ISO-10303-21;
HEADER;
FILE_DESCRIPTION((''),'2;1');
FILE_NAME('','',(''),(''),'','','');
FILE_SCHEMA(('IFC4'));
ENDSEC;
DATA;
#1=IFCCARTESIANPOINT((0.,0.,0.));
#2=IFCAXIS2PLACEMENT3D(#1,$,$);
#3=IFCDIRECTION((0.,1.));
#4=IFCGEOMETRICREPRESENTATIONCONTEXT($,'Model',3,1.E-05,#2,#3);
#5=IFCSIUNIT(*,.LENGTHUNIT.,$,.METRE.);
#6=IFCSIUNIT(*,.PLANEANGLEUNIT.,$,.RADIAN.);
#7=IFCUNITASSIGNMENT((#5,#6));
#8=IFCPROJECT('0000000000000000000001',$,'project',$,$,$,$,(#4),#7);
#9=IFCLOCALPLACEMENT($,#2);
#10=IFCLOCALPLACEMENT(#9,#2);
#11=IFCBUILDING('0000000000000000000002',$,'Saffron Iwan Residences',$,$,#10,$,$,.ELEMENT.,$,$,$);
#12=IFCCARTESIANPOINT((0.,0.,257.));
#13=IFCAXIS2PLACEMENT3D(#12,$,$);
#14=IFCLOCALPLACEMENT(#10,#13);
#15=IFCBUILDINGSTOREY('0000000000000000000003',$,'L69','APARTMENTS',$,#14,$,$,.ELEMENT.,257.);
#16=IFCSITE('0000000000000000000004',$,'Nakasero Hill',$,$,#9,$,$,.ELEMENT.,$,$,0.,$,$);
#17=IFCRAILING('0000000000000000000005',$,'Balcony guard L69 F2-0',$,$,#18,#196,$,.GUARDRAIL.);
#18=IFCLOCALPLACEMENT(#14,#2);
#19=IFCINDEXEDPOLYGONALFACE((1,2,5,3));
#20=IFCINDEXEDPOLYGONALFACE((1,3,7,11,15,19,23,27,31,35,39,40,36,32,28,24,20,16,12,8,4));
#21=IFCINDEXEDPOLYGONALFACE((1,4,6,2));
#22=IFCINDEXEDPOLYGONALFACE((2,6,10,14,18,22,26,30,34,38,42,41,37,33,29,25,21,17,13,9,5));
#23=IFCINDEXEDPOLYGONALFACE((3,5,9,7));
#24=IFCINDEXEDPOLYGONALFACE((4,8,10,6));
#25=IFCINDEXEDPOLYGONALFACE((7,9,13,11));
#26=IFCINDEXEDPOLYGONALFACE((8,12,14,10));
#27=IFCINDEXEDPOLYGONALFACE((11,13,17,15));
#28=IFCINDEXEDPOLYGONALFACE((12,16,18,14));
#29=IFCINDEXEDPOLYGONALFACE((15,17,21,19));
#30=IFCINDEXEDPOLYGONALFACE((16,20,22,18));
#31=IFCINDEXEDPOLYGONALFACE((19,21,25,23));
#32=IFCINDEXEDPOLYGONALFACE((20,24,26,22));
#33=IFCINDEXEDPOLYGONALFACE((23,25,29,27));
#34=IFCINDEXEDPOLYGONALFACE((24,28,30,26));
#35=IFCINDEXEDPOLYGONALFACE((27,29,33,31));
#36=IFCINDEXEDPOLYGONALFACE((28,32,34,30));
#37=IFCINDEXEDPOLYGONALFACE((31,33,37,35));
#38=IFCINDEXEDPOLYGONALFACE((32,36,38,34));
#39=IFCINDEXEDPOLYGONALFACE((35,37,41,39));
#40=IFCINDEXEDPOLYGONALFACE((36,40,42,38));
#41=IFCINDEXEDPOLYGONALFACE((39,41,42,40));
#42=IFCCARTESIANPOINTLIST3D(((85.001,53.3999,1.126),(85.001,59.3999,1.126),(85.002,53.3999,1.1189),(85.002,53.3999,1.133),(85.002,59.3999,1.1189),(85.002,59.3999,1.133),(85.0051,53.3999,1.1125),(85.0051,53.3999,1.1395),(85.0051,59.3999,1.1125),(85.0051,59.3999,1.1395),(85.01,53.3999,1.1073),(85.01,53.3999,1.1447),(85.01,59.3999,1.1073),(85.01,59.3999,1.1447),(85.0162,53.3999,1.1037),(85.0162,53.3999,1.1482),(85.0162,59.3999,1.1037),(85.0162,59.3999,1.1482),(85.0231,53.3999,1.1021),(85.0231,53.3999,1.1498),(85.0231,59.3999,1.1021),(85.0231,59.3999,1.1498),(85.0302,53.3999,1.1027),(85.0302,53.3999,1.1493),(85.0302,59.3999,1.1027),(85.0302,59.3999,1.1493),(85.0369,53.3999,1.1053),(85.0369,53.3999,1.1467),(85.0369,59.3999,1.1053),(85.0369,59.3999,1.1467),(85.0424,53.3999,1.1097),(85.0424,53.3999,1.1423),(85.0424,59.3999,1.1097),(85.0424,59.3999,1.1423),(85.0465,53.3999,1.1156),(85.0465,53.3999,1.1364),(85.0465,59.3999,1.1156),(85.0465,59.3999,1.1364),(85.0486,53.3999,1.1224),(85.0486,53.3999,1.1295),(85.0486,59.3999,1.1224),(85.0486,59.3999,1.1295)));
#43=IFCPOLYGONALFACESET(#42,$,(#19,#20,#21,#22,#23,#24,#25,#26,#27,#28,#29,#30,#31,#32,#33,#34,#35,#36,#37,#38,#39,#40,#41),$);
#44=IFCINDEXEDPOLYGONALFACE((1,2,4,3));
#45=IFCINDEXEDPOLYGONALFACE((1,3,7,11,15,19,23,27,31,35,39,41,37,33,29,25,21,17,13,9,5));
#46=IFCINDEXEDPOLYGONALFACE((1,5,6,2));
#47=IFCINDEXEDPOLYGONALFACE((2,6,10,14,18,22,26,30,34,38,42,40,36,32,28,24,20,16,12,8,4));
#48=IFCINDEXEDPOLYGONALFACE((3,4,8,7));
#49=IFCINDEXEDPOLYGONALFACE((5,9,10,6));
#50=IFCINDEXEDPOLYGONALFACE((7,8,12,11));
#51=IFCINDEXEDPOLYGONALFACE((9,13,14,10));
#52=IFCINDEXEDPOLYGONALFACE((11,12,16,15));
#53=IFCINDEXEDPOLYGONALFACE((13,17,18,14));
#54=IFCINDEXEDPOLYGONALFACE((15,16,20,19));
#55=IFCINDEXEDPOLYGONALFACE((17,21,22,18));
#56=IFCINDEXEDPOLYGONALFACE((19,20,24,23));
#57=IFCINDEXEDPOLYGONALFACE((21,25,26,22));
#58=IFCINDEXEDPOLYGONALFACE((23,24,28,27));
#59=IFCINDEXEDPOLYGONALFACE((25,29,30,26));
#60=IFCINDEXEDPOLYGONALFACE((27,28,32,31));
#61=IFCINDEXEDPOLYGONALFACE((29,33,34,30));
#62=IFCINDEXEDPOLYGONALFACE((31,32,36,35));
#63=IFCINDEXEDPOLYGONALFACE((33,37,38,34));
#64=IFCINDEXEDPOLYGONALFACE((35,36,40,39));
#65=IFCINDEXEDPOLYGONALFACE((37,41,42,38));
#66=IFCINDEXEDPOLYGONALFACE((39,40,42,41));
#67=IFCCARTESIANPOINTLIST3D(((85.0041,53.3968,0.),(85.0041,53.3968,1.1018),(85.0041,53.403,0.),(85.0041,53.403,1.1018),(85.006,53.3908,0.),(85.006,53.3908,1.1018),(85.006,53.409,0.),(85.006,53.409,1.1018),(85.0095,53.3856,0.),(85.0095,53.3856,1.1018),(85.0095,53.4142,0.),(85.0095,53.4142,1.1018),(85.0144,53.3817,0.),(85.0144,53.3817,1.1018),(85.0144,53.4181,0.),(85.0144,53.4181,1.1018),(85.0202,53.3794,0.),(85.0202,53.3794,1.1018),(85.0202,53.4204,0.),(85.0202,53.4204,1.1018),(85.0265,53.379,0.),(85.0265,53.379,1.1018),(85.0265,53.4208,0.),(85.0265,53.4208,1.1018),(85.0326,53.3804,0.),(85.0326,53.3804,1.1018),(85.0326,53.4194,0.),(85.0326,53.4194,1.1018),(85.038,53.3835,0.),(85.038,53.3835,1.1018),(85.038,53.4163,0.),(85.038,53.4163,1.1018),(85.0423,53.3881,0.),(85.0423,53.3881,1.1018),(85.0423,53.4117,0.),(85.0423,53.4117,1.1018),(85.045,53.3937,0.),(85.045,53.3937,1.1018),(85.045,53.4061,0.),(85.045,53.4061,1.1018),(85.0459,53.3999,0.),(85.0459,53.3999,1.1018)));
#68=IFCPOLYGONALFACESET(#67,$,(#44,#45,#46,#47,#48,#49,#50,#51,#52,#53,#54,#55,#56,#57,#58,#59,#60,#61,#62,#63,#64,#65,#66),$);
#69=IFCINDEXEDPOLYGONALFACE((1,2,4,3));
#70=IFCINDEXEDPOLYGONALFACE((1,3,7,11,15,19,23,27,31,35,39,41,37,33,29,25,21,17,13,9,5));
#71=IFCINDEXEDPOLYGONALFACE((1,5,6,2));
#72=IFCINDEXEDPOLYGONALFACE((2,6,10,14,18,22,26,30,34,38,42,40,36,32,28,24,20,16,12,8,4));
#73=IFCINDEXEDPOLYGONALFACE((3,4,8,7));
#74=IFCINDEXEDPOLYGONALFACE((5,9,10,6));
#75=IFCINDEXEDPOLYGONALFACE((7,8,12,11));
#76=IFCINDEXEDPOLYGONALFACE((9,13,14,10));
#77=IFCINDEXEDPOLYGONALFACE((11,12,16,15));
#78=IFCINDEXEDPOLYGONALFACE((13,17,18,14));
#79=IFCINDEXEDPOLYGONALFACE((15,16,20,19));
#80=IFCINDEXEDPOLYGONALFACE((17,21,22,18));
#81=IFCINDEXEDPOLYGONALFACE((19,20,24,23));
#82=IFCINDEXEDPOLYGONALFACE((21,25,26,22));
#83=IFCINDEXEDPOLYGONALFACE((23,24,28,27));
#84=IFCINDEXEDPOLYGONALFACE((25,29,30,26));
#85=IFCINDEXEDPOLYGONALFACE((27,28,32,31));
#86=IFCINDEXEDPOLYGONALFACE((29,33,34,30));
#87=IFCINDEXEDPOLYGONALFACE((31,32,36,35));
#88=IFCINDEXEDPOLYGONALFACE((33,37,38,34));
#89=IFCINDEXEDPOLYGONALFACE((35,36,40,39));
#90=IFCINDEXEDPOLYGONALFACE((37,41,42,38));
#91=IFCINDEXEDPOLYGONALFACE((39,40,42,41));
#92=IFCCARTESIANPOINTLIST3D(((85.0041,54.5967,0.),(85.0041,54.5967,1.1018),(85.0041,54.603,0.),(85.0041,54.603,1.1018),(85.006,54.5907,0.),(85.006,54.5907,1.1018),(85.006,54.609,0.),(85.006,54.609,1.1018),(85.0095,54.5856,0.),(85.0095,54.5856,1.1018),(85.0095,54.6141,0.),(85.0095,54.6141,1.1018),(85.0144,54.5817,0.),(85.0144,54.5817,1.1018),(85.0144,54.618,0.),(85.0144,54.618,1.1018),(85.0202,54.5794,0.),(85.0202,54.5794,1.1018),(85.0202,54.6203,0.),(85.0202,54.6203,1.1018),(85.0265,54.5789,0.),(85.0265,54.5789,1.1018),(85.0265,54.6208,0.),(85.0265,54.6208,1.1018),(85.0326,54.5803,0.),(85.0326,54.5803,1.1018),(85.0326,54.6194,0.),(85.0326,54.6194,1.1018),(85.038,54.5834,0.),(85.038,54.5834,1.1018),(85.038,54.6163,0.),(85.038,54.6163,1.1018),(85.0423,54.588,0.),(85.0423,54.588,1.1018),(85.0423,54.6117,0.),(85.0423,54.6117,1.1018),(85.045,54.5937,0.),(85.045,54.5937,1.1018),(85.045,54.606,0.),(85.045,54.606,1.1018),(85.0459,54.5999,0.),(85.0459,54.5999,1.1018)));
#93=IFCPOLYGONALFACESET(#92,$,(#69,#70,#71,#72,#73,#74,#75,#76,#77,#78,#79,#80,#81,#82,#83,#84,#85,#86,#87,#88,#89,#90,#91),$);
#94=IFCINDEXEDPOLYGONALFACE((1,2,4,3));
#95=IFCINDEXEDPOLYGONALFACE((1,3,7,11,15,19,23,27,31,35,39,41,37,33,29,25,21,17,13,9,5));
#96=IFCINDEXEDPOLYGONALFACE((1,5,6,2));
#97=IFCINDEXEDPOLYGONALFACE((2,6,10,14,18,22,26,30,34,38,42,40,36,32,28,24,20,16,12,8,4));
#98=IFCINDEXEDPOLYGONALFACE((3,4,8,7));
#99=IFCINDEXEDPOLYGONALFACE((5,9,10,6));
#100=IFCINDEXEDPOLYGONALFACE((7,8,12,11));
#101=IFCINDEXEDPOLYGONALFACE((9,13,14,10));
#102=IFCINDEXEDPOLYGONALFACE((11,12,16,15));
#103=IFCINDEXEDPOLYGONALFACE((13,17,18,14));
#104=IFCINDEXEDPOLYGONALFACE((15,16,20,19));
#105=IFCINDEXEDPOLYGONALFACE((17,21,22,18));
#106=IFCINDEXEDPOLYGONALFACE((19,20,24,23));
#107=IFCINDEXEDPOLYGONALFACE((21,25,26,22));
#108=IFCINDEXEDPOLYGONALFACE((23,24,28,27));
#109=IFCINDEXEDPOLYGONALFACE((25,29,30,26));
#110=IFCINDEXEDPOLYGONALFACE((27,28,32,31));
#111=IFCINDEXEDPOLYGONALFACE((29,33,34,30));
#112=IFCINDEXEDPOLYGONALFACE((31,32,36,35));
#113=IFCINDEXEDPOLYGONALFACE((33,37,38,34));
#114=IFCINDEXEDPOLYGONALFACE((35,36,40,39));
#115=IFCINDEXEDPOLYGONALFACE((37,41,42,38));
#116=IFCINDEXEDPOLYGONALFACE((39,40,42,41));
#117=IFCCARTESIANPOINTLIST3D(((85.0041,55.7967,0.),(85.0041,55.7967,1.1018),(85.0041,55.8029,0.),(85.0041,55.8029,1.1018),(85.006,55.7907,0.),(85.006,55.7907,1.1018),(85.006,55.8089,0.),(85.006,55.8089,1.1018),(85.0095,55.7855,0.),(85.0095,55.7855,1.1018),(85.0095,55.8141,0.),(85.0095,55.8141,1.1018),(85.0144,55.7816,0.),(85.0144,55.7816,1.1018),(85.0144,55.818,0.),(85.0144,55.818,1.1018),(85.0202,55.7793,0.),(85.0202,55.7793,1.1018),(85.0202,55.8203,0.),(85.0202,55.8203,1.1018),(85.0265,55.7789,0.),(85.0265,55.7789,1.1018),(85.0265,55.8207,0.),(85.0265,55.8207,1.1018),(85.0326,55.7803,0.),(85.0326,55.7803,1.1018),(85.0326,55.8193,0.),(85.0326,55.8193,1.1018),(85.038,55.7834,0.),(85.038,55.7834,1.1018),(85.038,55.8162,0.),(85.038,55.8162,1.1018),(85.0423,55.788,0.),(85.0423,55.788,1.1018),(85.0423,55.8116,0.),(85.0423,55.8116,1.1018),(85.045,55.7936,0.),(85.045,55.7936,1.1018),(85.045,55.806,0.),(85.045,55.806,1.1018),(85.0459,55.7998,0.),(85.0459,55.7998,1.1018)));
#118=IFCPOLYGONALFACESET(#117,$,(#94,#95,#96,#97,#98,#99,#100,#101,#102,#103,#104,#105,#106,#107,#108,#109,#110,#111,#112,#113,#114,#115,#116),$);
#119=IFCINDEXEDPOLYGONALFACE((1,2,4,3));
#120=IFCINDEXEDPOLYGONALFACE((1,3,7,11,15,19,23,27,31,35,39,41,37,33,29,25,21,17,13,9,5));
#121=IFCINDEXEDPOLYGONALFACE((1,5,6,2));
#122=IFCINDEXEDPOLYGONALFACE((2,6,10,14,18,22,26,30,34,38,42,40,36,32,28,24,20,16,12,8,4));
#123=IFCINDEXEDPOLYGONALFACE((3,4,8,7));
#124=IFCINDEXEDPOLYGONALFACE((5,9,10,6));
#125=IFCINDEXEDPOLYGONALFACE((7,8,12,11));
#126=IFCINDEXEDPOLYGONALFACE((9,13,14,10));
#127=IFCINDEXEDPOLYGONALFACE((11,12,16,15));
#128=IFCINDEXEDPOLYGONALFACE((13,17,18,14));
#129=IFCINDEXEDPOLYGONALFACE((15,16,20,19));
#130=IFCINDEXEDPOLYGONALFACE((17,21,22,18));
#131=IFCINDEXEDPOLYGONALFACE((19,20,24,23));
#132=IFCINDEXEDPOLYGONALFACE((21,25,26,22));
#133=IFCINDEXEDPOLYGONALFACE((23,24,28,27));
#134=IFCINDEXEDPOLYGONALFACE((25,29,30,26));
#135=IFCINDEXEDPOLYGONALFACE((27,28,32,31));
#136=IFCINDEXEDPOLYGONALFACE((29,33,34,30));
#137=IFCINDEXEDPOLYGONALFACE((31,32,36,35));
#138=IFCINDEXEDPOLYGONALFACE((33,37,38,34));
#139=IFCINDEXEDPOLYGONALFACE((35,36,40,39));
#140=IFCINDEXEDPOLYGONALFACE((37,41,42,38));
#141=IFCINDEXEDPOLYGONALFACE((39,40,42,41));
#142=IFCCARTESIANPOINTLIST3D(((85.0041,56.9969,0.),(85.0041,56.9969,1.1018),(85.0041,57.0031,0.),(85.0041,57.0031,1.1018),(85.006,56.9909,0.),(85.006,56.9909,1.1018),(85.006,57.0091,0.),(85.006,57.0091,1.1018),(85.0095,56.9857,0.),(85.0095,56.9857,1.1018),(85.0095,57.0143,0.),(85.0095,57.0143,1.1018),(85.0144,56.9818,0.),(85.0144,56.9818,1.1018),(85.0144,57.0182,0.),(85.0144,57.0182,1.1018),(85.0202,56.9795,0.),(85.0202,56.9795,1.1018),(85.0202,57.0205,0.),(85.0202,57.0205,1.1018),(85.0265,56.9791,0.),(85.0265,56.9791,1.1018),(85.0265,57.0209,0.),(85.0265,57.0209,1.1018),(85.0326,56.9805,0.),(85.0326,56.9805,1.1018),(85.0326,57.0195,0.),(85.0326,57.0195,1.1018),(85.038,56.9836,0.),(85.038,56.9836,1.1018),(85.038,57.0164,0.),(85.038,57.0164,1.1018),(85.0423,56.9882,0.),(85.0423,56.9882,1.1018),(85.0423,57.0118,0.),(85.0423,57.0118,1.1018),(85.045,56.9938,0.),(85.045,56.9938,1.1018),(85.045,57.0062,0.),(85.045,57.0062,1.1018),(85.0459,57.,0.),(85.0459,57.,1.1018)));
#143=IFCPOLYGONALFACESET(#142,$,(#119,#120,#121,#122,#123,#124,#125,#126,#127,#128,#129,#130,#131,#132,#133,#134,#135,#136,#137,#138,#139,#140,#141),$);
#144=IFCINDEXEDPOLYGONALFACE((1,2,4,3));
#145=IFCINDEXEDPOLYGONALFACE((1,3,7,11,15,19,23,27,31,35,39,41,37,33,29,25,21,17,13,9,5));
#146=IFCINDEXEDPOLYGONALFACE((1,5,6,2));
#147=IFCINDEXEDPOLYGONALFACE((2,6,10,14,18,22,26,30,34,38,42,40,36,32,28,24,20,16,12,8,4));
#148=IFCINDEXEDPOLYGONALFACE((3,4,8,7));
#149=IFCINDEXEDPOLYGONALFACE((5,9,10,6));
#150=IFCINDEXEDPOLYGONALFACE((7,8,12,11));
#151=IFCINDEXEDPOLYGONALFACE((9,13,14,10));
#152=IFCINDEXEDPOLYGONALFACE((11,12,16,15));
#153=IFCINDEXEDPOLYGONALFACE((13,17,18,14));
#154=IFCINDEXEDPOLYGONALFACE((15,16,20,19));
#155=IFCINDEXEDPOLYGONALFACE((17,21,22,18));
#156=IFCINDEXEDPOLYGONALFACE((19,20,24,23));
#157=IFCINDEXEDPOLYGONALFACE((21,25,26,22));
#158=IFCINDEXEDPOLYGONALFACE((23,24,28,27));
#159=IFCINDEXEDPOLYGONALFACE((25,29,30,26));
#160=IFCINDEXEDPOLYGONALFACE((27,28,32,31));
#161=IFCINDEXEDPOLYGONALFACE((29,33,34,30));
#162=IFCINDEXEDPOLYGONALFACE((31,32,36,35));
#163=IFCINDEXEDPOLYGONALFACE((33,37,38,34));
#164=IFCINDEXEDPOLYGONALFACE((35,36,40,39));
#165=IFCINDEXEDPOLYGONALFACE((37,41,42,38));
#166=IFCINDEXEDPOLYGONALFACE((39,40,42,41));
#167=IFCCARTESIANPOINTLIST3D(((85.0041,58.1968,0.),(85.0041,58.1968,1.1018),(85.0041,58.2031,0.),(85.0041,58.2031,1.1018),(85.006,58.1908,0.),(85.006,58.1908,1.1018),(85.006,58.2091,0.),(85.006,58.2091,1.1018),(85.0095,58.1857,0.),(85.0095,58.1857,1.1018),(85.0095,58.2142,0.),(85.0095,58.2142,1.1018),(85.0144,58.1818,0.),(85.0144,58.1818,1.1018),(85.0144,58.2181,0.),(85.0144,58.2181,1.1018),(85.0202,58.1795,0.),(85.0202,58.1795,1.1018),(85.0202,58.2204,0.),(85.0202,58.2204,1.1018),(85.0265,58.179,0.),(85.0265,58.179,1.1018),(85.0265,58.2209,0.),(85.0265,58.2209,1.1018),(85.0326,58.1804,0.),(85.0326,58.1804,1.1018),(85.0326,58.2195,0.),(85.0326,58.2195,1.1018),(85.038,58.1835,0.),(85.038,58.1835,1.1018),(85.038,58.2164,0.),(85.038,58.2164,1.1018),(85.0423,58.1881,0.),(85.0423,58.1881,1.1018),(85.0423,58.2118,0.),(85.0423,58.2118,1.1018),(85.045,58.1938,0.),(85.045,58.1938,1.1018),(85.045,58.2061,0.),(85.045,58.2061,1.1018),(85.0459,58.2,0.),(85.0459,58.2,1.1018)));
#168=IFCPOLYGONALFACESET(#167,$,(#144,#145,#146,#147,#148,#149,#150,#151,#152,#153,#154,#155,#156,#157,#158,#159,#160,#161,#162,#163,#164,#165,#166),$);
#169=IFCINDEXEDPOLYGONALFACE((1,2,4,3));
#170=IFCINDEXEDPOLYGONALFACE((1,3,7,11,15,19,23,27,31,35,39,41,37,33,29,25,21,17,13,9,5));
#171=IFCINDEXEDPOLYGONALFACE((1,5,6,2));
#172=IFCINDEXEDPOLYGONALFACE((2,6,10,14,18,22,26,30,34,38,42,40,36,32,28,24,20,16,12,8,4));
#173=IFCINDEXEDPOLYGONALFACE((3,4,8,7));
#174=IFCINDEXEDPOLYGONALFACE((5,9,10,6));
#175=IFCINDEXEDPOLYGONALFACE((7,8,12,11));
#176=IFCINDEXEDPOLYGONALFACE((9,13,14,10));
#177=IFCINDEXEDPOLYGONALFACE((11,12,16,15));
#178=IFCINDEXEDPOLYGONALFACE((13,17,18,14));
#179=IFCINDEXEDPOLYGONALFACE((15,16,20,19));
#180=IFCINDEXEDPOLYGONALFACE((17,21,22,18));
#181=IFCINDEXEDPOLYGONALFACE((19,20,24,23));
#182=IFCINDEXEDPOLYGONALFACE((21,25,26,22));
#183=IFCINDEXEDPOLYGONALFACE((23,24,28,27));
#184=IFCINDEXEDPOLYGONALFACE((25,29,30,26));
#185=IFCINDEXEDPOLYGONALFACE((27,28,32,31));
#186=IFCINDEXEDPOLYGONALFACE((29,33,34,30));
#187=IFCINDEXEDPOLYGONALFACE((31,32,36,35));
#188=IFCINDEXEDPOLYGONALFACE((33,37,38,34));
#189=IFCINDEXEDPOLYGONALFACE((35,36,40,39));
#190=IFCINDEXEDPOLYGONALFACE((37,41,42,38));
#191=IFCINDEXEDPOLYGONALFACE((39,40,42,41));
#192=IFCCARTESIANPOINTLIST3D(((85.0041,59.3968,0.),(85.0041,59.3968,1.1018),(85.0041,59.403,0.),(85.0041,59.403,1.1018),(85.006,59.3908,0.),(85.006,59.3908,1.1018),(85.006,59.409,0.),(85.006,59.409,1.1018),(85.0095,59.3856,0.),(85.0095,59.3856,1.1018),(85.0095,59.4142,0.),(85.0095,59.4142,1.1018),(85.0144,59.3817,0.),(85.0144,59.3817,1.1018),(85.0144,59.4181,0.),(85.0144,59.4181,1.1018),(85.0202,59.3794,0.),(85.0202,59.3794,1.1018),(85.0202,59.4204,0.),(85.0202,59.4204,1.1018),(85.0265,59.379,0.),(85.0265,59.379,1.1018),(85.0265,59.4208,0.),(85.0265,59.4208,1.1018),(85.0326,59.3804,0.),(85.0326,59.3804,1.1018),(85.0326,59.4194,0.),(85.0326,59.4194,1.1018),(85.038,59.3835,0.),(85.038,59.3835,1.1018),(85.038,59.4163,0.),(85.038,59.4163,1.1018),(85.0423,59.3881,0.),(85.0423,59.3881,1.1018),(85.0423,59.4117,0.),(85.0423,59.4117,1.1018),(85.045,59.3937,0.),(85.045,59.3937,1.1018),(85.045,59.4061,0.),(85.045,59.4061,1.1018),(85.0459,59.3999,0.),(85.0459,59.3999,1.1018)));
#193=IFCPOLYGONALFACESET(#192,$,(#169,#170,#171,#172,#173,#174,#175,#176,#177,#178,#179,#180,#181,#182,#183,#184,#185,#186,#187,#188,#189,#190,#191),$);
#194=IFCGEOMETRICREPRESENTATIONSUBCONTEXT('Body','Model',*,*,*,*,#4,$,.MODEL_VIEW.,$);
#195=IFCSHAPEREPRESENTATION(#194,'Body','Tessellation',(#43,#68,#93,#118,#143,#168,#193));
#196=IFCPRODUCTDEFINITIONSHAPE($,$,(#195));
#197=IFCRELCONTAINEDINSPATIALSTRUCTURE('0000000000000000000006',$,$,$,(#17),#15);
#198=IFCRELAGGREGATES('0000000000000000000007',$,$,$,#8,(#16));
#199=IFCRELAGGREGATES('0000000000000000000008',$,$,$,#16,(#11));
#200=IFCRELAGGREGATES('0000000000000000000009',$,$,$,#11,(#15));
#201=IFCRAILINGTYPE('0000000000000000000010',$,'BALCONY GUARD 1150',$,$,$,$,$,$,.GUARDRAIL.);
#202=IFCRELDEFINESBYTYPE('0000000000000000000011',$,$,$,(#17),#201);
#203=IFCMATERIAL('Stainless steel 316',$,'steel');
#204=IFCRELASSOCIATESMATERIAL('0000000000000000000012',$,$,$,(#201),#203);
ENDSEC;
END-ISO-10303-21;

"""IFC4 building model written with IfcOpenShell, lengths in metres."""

from ifc_helpers import new_model, si_unit, direction, frame, origin, origin_2d, place, context, subcontext, project, spatial, circle, extrude, material, type_object, element, save


model = new_model("IFC4")

# Units and contexts
model_context = context("Model", 3, precision=1e-05, world=origin(), true_north=direction((0.0, 1.0)))
body_context = subcontext(model_context, "Body", "Model", "MODEL_VIEW")
ifc_project = project(units=[si_unit("LENGTHUNIT", "METRE"), si_unit("PLANEANGLEUNIT", "RADIAN")], contexts=[model_context])

# Site, building, storey
site_placement = place(None, origin())
site = spatial("IfcSite", under=ifc_project, at=site_placement, Name="Nakasero Hill", CompositionType="ELEMENT", RefElevation=0.0)
building_placement = place(site_placement, origin())
building = spatial("IfcBuilding", under=site, at=building_placement, Name="Saffron Iwan Residences", CompositionType="ELEMENT")
storey_placement = place(building_placement, frame((0.0, 0.0, 257.0)))
storey = spatial("IfcBuildingStorey", under=building, at=storey_placement, Name="L69", Description="APARTMENTS", CompositionType="ELEMENT", Elevation=257.0)

# Railing
ifc_material_1 = material(Name="Stainless steel 316", Category="steel")
railing_type = type_object("IfcRailingType", Name="BALCONY GUARD 1150", PredefinedType="GUARDRAIL", material=ifc_material_1)
railing_placement = place(storey_placement, frame((85.0249, 53.3999, 0.0)))
element("IfcRailing", 1, at=railing_placement, inside=storey, type_object=railing_type, Name="Balcony guard L69 F2-0", PredefinedType="GUARDRAIL", context=body_context, shape_type="SweptSolid", body=[
    extrude(circle(Radius=0.0239, at=origin_2d()), frame((0.0, 0.0, 1.126), z_axis=(0.0, 1.0, 0.0), x_axis=(-1.0, 0.0, 0.0)), (0.0, 0.0, 1.0), 6.0),
    extrude(circle(Radius=0.021, at=origin_2d()), origin(), (0.0, 0.0, 1.0), 1.1018),
    extrude(circle(Radius=0.021, at=origin_2d()), frame((0.0, 1.2, 0.0)), (0.0, 0.0, 1.0), 1.1018),
    extrude(circle(Radius=0.021, at=origin_2d()), frame((0.0, 2.3999, 0.0)), (0.0, 0.0, 1.0), 1.1018),
    extrude(circle(Radius=0.021, at=origin_2d()), frame((0.0, 3.6001, 0.0)), (0.0, 0.0, 1.0), 1.1018),
    extrude(circle(Radius=0.021, at=origin_2d()), frame((0.0, 4.8, 0.0)), (0.0, 0.0, 1.0), 1.1018),
    extrude(circle(Radius=0.021, at=origin_2d()), frame((0.0, 6.0, 0.0)), (0.0, 0.0, 1.0), 1.1018),
])

save(model, "model.ifc")
